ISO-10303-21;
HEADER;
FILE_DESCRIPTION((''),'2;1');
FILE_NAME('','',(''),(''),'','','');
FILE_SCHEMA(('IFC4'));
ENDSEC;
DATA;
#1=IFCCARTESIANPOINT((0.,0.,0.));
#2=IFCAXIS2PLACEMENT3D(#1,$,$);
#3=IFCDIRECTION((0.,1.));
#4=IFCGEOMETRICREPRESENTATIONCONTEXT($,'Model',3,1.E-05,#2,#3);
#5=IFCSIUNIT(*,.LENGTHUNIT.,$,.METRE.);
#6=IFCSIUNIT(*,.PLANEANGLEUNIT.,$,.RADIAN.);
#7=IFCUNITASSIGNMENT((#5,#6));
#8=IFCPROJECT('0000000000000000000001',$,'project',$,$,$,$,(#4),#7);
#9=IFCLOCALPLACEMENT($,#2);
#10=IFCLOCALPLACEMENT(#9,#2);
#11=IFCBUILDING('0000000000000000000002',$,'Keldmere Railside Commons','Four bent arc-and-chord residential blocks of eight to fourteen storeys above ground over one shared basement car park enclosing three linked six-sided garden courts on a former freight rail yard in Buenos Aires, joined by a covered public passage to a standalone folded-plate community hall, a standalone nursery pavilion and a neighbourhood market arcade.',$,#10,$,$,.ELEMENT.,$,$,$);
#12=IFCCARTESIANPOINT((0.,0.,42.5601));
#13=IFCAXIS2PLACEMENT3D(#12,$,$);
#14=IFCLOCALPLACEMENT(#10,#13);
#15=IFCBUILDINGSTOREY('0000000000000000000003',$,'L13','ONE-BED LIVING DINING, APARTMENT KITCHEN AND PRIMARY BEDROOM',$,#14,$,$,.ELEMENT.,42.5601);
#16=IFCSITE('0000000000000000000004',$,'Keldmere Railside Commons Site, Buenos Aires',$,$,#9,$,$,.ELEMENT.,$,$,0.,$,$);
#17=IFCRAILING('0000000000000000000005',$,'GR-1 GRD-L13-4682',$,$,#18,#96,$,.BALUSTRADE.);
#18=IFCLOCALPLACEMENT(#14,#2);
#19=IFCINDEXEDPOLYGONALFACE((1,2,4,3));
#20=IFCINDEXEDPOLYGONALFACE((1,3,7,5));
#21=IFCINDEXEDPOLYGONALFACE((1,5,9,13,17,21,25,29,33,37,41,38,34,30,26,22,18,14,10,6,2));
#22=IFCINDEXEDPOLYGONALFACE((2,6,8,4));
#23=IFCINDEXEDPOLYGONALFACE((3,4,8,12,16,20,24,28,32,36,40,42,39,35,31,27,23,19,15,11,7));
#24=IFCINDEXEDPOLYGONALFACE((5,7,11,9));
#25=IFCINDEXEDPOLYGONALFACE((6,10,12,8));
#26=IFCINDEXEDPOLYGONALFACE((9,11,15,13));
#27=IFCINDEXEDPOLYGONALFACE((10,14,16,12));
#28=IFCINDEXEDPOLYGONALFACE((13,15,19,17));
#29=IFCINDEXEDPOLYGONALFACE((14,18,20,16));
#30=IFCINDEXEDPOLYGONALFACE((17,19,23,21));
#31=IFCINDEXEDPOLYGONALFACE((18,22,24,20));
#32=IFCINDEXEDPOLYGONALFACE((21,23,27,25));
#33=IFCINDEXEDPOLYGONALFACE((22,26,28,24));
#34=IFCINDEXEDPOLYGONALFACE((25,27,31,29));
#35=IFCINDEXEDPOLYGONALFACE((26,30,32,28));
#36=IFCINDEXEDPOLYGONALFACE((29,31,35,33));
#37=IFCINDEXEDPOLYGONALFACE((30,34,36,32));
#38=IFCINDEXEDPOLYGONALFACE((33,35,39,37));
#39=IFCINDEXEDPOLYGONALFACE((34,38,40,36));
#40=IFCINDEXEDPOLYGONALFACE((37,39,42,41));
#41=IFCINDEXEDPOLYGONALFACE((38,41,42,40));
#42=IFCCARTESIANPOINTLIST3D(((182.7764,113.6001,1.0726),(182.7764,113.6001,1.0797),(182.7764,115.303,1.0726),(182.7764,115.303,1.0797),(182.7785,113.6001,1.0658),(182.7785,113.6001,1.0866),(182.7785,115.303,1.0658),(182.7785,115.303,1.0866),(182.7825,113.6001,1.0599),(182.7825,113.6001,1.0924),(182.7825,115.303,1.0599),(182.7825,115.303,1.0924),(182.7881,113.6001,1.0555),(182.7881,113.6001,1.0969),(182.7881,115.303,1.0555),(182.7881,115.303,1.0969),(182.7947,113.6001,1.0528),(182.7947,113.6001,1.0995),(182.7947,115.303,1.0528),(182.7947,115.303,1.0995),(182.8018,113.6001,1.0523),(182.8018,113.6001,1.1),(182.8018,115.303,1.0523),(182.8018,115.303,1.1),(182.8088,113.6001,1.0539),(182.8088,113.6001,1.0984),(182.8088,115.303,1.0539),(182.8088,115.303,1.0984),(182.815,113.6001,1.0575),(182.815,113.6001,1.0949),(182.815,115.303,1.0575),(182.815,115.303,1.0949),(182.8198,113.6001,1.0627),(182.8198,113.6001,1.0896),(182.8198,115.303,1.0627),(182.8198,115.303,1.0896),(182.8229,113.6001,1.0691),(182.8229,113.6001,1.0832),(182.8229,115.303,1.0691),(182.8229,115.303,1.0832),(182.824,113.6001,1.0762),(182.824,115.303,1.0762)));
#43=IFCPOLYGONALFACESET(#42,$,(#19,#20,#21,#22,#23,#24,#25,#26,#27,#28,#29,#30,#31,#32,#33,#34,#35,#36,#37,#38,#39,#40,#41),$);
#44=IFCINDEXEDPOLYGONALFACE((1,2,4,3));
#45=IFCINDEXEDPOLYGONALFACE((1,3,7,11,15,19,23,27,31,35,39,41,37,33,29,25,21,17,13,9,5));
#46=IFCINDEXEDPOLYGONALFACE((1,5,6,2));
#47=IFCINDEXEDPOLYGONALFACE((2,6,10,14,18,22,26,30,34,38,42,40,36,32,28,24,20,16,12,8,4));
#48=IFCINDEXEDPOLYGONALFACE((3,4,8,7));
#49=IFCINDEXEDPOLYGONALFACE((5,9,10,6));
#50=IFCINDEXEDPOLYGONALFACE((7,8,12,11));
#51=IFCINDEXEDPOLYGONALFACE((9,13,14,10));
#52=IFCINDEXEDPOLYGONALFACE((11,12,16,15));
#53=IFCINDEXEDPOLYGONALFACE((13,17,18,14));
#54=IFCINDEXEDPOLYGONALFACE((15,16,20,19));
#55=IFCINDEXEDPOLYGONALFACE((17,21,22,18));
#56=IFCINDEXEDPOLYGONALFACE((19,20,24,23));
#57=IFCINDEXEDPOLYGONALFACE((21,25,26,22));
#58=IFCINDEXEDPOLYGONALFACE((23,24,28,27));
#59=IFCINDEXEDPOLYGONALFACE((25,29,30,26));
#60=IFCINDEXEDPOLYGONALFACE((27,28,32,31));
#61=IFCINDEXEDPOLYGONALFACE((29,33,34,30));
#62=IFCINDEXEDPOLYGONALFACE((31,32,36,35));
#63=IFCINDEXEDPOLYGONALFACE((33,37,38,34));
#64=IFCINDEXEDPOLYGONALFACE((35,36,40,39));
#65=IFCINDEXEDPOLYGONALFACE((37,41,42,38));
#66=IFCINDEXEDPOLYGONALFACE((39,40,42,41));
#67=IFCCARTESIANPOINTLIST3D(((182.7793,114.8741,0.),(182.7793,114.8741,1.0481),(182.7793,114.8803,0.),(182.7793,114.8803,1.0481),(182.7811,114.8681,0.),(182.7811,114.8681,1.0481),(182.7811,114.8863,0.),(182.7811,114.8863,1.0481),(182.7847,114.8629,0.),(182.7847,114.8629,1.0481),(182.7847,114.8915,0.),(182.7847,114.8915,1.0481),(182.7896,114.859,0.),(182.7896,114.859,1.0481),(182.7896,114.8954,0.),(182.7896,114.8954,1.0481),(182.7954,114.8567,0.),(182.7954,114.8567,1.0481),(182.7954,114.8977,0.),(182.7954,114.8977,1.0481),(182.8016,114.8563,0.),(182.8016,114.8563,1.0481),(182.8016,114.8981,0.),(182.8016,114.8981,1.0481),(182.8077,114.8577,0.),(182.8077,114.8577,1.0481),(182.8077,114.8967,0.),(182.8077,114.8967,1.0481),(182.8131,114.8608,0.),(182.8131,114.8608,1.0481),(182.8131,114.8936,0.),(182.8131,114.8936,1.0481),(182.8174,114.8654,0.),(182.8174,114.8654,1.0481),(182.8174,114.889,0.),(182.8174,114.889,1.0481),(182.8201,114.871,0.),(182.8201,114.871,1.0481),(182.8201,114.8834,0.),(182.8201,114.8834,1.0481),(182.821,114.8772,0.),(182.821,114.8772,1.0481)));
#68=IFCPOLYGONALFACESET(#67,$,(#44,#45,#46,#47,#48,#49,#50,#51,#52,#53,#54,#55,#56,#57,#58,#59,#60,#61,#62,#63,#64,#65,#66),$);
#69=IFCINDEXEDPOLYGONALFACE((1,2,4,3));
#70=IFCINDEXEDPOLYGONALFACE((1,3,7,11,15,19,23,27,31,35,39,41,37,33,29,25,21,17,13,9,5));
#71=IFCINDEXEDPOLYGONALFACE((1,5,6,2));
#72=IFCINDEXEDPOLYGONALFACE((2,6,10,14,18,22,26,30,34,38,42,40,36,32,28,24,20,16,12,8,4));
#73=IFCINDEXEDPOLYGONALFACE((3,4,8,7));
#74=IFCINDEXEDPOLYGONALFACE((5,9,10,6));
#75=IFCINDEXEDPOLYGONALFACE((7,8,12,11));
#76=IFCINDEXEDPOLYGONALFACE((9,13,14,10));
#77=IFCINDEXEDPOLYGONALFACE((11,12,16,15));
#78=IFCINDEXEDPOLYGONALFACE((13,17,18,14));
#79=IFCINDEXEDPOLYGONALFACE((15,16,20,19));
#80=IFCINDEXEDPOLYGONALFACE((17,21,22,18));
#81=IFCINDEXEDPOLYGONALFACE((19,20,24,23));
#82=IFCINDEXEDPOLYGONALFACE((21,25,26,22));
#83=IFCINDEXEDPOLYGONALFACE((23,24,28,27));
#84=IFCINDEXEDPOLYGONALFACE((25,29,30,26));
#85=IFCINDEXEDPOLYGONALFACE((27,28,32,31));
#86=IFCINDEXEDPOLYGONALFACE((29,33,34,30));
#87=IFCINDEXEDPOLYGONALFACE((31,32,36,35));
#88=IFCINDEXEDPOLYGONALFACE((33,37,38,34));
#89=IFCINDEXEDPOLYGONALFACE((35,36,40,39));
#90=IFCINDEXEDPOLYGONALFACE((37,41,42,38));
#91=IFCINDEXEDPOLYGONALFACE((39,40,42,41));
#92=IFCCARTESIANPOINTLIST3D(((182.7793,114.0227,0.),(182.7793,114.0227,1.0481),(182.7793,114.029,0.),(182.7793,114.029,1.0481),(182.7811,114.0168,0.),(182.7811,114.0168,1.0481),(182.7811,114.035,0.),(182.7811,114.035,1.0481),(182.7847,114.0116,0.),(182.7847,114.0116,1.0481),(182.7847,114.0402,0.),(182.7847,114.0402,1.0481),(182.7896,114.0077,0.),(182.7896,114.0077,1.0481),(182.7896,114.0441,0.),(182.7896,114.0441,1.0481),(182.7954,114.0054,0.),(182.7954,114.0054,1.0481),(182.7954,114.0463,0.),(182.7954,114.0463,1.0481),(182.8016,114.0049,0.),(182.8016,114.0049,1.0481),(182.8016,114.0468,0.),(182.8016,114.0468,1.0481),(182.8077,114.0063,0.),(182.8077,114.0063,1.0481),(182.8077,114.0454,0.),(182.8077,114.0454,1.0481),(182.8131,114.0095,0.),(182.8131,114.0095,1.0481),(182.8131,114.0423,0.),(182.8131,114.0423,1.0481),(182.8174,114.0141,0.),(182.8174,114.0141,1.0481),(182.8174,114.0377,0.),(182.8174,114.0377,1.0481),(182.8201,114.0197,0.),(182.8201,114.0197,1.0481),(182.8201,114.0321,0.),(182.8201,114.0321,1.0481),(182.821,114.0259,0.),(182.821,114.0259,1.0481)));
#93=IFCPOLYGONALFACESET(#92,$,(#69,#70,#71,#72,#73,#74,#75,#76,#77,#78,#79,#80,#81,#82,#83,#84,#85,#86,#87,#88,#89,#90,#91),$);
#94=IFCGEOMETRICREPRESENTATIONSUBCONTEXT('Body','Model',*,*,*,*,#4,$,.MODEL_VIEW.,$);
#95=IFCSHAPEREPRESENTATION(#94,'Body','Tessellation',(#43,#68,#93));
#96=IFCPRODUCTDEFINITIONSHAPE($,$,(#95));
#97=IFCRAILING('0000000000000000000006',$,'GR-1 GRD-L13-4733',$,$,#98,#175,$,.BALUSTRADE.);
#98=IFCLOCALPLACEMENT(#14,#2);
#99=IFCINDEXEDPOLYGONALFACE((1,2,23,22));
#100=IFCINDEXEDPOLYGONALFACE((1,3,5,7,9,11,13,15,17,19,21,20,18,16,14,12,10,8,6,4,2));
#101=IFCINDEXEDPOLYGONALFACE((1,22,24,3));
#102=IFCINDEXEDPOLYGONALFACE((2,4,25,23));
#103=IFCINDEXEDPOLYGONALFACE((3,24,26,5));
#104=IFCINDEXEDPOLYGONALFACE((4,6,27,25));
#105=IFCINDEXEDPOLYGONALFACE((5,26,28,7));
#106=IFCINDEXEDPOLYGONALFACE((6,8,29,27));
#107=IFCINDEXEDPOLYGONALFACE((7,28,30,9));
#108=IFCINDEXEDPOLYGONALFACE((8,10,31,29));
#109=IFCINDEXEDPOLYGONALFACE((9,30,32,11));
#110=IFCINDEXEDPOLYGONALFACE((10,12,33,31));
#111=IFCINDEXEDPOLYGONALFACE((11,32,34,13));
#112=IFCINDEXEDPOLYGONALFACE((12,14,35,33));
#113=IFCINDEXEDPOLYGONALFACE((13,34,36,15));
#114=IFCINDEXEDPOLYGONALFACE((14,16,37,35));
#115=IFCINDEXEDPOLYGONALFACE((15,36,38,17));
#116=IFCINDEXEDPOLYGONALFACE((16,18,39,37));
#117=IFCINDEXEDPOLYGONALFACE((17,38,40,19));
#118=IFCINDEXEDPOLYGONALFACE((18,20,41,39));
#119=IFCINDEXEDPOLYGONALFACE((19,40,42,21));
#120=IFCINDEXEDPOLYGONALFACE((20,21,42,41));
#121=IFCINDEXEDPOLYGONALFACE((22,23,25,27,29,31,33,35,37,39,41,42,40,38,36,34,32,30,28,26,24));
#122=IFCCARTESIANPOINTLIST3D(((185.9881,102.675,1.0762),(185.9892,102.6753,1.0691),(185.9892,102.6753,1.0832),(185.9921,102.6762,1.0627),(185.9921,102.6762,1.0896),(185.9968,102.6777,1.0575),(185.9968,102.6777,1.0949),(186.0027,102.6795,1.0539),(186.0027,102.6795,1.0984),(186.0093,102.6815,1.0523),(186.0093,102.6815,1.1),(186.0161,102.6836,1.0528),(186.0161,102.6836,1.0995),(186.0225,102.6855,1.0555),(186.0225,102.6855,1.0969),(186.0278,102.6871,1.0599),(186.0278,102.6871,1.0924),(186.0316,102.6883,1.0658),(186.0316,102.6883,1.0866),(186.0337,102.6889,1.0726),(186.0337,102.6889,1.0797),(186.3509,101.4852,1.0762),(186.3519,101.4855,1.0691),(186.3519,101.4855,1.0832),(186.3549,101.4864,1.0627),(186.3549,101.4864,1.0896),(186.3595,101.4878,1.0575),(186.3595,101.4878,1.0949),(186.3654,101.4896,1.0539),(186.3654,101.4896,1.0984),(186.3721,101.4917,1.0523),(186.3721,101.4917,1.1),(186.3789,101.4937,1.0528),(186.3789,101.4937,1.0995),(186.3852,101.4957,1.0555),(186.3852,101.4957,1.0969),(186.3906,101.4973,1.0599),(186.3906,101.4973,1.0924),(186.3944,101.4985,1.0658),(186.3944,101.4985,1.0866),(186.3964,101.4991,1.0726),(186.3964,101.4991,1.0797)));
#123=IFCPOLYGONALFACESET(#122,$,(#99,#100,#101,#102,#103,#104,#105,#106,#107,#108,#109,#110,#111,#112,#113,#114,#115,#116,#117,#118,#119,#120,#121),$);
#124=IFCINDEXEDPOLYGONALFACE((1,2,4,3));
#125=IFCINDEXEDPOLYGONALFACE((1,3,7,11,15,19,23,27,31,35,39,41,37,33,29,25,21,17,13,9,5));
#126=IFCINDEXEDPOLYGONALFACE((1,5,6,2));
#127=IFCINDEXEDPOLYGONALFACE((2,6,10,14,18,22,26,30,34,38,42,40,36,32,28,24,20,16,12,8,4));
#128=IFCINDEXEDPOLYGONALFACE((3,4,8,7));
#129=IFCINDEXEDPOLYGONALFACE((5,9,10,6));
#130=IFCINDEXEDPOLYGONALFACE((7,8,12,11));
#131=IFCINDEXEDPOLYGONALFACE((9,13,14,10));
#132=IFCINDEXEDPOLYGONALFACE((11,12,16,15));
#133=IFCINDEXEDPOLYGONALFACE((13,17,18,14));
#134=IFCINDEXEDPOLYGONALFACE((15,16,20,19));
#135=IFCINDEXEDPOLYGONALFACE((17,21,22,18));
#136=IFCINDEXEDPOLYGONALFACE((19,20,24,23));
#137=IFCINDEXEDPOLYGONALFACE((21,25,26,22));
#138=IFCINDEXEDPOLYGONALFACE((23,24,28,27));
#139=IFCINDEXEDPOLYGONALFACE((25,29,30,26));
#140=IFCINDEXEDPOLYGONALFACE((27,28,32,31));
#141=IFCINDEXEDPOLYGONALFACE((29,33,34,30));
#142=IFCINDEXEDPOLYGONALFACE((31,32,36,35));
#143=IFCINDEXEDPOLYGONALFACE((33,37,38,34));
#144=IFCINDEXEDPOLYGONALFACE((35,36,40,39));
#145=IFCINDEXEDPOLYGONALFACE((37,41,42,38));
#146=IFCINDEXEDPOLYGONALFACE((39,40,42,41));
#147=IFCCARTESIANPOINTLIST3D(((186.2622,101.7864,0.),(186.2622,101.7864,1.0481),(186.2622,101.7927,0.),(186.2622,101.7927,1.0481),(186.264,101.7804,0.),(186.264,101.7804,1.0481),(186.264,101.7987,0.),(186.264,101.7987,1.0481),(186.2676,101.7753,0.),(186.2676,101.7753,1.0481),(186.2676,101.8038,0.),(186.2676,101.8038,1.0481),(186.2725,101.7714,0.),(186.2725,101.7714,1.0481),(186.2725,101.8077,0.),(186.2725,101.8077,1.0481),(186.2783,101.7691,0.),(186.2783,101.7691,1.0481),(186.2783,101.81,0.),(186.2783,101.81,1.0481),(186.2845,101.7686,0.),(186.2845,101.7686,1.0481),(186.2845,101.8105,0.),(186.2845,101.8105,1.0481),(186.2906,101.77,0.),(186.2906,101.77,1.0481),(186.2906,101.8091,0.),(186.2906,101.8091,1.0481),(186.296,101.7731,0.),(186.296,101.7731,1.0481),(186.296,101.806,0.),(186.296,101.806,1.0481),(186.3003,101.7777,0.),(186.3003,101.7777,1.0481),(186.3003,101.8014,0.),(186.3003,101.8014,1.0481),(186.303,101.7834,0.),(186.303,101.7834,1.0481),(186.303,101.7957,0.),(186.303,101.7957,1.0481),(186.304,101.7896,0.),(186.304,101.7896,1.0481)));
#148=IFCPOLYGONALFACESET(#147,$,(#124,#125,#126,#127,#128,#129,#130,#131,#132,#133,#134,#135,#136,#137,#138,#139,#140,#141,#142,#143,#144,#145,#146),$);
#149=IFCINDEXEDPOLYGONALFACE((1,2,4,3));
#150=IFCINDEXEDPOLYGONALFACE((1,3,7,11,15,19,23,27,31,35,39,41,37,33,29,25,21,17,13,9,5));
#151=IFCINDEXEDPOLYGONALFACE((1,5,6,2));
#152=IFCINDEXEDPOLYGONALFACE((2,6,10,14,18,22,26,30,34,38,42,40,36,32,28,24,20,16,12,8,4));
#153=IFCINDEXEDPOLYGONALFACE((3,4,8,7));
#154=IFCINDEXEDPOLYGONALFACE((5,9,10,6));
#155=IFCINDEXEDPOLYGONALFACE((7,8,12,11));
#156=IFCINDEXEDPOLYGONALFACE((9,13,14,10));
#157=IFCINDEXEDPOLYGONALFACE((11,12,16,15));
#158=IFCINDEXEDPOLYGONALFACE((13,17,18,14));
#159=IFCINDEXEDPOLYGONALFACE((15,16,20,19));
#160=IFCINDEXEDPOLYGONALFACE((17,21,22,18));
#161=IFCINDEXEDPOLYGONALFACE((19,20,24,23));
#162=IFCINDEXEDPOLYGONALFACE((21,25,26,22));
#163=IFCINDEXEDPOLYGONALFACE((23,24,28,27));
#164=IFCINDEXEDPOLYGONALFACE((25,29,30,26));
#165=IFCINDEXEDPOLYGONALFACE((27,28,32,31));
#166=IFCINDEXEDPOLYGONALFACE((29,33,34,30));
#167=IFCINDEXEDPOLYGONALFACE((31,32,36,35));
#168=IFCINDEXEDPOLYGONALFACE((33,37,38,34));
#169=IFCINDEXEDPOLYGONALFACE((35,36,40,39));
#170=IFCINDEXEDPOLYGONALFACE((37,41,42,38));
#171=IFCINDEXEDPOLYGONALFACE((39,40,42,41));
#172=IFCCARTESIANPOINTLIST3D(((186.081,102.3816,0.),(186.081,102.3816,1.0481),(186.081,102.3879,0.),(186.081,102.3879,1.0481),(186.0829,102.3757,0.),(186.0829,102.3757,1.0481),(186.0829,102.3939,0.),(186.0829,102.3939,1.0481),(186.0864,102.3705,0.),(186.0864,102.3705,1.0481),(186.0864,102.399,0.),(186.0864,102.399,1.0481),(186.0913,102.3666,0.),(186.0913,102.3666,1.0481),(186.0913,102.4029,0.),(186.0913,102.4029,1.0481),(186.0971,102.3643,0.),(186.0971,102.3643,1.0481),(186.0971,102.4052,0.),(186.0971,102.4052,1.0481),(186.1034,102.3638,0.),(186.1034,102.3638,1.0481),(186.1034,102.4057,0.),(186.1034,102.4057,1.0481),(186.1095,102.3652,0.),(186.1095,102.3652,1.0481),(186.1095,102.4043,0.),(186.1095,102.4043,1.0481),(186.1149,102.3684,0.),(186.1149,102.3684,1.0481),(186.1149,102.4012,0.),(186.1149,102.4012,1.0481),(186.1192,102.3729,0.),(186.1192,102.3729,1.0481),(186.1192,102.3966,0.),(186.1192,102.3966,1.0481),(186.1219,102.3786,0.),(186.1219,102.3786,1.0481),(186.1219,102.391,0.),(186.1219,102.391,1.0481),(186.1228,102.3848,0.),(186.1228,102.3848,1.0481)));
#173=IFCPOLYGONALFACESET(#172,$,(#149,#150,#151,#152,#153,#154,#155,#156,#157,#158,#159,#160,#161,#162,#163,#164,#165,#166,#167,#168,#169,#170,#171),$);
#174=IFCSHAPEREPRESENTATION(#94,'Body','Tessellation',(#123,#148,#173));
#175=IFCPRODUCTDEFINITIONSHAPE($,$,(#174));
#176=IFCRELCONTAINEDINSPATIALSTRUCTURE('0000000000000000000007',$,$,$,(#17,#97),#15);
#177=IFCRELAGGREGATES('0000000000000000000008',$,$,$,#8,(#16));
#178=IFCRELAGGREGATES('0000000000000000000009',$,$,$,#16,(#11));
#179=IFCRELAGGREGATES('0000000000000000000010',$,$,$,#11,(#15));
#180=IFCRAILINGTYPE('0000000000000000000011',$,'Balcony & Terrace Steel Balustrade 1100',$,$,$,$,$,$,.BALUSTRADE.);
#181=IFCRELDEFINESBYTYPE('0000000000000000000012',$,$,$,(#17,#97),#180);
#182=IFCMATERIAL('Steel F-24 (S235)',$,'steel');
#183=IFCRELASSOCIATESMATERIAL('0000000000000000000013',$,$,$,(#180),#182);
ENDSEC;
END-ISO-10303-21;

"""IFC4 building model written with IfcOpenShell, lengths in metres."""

from ifc_helpers import new_model, si_unit, direction, frame, origin, origin_2d, place, context, subcontext, project, spatial, circle, extrude, material, type_object, element, save


model = new_model("IFC4")

# Units and contexts
model_context = context("Model", 3, precision=1e-05, world=origin(), true_north=direction((0.0, 1.0)))
body_context = subcontext(model_context, "Body", "Model", "MODEL_VIEW")
ifc_project = project(units=[si_unit("LENGTHUNIT", "METRE"), si_unit("PLANEANGLEUNIT", "RADIAN")], contexts=[model_context])

# Site, building, storey
site_placement = place(None, origin())
site = spatial("IfcSite", under=ifc_project, at=site_placement, Name="Keldmere Railside Commons Site, Buenos Aires", CompositionType="ELEMENT", RefElevation=0.0)
building_placement = place(site_placement, origin())
building = spatial("IfcBuilding", under=site, at=building_placement, Name="Keldmere Railside Commons", Description="Four bent arc-and-chord residential blocks of eight to fourteen storeys above ground over one shared basement car park enclosing three linked six-sided garden courts on a former freight rail yard in Buenos Aires, joined by a covered public passage to a standalone folded-plate community hall, a standalone nursery pavilion and a neighbourhood market arcade.", CompositionType="ELEMENT")
storey_placement = place(building_placement, frame((0.0, 0.0, 42.5601)))
storey = spatial("IfcBuildingStorey", under=building, at=storey_placement, Name="L13", Description="ONE-BED LIVING DINING, APARTMENT KITCHEN AND PRIMARY BEDROOM", CompositionType="ELEMENT", Elevation=42.5601)

# Railings
ifc_material_1 = material(Name="Steel F-24 (S235)", Category="steel")
railing_type = type_object("IfcRailingType", Name="Balcony & Terrace Steel Balustrade 1100", PredefinedType="BALUSTRADE", material=ifc_material_1)
railing_1_placement = place(storey_placement, frame((182.8, 115.303, 0.0)))
element("IfcRailing", 1, at=railing_1_placement, inside=storey, type_object=railing_type, Name="GR-1 GRD-L13-4682", PredefinedType="BALUSTRADE", context=body_context, shape_type="SweptSolid", body=[
    extrude(circle(Radius=0.0239, at=origin_2d()), frame((0.0, 0.0, 1.0762), z_axis=(0.0, -1.0, 0.0), x_axis=(1.0, 0.0, 0.0)), (0.0, 0.0, 1.0), 1.7029),
    extrude(circle(Radius=0.021, at=origin_2d()), frame((0.0, -0.4258, 0.0)), (0.0, 0.0, 1.0), 1.0481),
    extrude(circle(Radius=0.021, at=origin_2d()), frame((0.0, -1.2771, 0.0)), (0.0, 0.0, 1.0), 1.0481),
])
railing_2_placement = place(storey_placement, frame((186.3738, 101.4922, 0.0)))
element("IfcRailing", 2, at=railing_2_placement, inside=storey, type_object=railing_type, Name="GR-1 GRD-L13-4733", PredefinedType="BALUSTRADE", context=body_context, shape_type="SweptSolid", body=[
    extrude(circle(Radius=0.0239, at=origin_2d()), frame((0.0, 0.0, 1.0762), z_axis=(-0.29163, 0.956531, 0.0), x_axis=(-0.956531, -0.29163, 0.0)), (0.0, 0.0, 1.0), 1.2439),
    extrude(circle(Radius=0.021, at=origin_2d()), frame((-0.0908, 0.2974, 0.0)), (0.0, 0.0, 1.0), 1.0481),
    extrude(circle(Radius=0.021, at=origin_2d()), frame((-0.272, 0.8926, 0.0)), (0.0, 0.0, 1.0), 1.0481),
])

save(model, "model.ifc")
